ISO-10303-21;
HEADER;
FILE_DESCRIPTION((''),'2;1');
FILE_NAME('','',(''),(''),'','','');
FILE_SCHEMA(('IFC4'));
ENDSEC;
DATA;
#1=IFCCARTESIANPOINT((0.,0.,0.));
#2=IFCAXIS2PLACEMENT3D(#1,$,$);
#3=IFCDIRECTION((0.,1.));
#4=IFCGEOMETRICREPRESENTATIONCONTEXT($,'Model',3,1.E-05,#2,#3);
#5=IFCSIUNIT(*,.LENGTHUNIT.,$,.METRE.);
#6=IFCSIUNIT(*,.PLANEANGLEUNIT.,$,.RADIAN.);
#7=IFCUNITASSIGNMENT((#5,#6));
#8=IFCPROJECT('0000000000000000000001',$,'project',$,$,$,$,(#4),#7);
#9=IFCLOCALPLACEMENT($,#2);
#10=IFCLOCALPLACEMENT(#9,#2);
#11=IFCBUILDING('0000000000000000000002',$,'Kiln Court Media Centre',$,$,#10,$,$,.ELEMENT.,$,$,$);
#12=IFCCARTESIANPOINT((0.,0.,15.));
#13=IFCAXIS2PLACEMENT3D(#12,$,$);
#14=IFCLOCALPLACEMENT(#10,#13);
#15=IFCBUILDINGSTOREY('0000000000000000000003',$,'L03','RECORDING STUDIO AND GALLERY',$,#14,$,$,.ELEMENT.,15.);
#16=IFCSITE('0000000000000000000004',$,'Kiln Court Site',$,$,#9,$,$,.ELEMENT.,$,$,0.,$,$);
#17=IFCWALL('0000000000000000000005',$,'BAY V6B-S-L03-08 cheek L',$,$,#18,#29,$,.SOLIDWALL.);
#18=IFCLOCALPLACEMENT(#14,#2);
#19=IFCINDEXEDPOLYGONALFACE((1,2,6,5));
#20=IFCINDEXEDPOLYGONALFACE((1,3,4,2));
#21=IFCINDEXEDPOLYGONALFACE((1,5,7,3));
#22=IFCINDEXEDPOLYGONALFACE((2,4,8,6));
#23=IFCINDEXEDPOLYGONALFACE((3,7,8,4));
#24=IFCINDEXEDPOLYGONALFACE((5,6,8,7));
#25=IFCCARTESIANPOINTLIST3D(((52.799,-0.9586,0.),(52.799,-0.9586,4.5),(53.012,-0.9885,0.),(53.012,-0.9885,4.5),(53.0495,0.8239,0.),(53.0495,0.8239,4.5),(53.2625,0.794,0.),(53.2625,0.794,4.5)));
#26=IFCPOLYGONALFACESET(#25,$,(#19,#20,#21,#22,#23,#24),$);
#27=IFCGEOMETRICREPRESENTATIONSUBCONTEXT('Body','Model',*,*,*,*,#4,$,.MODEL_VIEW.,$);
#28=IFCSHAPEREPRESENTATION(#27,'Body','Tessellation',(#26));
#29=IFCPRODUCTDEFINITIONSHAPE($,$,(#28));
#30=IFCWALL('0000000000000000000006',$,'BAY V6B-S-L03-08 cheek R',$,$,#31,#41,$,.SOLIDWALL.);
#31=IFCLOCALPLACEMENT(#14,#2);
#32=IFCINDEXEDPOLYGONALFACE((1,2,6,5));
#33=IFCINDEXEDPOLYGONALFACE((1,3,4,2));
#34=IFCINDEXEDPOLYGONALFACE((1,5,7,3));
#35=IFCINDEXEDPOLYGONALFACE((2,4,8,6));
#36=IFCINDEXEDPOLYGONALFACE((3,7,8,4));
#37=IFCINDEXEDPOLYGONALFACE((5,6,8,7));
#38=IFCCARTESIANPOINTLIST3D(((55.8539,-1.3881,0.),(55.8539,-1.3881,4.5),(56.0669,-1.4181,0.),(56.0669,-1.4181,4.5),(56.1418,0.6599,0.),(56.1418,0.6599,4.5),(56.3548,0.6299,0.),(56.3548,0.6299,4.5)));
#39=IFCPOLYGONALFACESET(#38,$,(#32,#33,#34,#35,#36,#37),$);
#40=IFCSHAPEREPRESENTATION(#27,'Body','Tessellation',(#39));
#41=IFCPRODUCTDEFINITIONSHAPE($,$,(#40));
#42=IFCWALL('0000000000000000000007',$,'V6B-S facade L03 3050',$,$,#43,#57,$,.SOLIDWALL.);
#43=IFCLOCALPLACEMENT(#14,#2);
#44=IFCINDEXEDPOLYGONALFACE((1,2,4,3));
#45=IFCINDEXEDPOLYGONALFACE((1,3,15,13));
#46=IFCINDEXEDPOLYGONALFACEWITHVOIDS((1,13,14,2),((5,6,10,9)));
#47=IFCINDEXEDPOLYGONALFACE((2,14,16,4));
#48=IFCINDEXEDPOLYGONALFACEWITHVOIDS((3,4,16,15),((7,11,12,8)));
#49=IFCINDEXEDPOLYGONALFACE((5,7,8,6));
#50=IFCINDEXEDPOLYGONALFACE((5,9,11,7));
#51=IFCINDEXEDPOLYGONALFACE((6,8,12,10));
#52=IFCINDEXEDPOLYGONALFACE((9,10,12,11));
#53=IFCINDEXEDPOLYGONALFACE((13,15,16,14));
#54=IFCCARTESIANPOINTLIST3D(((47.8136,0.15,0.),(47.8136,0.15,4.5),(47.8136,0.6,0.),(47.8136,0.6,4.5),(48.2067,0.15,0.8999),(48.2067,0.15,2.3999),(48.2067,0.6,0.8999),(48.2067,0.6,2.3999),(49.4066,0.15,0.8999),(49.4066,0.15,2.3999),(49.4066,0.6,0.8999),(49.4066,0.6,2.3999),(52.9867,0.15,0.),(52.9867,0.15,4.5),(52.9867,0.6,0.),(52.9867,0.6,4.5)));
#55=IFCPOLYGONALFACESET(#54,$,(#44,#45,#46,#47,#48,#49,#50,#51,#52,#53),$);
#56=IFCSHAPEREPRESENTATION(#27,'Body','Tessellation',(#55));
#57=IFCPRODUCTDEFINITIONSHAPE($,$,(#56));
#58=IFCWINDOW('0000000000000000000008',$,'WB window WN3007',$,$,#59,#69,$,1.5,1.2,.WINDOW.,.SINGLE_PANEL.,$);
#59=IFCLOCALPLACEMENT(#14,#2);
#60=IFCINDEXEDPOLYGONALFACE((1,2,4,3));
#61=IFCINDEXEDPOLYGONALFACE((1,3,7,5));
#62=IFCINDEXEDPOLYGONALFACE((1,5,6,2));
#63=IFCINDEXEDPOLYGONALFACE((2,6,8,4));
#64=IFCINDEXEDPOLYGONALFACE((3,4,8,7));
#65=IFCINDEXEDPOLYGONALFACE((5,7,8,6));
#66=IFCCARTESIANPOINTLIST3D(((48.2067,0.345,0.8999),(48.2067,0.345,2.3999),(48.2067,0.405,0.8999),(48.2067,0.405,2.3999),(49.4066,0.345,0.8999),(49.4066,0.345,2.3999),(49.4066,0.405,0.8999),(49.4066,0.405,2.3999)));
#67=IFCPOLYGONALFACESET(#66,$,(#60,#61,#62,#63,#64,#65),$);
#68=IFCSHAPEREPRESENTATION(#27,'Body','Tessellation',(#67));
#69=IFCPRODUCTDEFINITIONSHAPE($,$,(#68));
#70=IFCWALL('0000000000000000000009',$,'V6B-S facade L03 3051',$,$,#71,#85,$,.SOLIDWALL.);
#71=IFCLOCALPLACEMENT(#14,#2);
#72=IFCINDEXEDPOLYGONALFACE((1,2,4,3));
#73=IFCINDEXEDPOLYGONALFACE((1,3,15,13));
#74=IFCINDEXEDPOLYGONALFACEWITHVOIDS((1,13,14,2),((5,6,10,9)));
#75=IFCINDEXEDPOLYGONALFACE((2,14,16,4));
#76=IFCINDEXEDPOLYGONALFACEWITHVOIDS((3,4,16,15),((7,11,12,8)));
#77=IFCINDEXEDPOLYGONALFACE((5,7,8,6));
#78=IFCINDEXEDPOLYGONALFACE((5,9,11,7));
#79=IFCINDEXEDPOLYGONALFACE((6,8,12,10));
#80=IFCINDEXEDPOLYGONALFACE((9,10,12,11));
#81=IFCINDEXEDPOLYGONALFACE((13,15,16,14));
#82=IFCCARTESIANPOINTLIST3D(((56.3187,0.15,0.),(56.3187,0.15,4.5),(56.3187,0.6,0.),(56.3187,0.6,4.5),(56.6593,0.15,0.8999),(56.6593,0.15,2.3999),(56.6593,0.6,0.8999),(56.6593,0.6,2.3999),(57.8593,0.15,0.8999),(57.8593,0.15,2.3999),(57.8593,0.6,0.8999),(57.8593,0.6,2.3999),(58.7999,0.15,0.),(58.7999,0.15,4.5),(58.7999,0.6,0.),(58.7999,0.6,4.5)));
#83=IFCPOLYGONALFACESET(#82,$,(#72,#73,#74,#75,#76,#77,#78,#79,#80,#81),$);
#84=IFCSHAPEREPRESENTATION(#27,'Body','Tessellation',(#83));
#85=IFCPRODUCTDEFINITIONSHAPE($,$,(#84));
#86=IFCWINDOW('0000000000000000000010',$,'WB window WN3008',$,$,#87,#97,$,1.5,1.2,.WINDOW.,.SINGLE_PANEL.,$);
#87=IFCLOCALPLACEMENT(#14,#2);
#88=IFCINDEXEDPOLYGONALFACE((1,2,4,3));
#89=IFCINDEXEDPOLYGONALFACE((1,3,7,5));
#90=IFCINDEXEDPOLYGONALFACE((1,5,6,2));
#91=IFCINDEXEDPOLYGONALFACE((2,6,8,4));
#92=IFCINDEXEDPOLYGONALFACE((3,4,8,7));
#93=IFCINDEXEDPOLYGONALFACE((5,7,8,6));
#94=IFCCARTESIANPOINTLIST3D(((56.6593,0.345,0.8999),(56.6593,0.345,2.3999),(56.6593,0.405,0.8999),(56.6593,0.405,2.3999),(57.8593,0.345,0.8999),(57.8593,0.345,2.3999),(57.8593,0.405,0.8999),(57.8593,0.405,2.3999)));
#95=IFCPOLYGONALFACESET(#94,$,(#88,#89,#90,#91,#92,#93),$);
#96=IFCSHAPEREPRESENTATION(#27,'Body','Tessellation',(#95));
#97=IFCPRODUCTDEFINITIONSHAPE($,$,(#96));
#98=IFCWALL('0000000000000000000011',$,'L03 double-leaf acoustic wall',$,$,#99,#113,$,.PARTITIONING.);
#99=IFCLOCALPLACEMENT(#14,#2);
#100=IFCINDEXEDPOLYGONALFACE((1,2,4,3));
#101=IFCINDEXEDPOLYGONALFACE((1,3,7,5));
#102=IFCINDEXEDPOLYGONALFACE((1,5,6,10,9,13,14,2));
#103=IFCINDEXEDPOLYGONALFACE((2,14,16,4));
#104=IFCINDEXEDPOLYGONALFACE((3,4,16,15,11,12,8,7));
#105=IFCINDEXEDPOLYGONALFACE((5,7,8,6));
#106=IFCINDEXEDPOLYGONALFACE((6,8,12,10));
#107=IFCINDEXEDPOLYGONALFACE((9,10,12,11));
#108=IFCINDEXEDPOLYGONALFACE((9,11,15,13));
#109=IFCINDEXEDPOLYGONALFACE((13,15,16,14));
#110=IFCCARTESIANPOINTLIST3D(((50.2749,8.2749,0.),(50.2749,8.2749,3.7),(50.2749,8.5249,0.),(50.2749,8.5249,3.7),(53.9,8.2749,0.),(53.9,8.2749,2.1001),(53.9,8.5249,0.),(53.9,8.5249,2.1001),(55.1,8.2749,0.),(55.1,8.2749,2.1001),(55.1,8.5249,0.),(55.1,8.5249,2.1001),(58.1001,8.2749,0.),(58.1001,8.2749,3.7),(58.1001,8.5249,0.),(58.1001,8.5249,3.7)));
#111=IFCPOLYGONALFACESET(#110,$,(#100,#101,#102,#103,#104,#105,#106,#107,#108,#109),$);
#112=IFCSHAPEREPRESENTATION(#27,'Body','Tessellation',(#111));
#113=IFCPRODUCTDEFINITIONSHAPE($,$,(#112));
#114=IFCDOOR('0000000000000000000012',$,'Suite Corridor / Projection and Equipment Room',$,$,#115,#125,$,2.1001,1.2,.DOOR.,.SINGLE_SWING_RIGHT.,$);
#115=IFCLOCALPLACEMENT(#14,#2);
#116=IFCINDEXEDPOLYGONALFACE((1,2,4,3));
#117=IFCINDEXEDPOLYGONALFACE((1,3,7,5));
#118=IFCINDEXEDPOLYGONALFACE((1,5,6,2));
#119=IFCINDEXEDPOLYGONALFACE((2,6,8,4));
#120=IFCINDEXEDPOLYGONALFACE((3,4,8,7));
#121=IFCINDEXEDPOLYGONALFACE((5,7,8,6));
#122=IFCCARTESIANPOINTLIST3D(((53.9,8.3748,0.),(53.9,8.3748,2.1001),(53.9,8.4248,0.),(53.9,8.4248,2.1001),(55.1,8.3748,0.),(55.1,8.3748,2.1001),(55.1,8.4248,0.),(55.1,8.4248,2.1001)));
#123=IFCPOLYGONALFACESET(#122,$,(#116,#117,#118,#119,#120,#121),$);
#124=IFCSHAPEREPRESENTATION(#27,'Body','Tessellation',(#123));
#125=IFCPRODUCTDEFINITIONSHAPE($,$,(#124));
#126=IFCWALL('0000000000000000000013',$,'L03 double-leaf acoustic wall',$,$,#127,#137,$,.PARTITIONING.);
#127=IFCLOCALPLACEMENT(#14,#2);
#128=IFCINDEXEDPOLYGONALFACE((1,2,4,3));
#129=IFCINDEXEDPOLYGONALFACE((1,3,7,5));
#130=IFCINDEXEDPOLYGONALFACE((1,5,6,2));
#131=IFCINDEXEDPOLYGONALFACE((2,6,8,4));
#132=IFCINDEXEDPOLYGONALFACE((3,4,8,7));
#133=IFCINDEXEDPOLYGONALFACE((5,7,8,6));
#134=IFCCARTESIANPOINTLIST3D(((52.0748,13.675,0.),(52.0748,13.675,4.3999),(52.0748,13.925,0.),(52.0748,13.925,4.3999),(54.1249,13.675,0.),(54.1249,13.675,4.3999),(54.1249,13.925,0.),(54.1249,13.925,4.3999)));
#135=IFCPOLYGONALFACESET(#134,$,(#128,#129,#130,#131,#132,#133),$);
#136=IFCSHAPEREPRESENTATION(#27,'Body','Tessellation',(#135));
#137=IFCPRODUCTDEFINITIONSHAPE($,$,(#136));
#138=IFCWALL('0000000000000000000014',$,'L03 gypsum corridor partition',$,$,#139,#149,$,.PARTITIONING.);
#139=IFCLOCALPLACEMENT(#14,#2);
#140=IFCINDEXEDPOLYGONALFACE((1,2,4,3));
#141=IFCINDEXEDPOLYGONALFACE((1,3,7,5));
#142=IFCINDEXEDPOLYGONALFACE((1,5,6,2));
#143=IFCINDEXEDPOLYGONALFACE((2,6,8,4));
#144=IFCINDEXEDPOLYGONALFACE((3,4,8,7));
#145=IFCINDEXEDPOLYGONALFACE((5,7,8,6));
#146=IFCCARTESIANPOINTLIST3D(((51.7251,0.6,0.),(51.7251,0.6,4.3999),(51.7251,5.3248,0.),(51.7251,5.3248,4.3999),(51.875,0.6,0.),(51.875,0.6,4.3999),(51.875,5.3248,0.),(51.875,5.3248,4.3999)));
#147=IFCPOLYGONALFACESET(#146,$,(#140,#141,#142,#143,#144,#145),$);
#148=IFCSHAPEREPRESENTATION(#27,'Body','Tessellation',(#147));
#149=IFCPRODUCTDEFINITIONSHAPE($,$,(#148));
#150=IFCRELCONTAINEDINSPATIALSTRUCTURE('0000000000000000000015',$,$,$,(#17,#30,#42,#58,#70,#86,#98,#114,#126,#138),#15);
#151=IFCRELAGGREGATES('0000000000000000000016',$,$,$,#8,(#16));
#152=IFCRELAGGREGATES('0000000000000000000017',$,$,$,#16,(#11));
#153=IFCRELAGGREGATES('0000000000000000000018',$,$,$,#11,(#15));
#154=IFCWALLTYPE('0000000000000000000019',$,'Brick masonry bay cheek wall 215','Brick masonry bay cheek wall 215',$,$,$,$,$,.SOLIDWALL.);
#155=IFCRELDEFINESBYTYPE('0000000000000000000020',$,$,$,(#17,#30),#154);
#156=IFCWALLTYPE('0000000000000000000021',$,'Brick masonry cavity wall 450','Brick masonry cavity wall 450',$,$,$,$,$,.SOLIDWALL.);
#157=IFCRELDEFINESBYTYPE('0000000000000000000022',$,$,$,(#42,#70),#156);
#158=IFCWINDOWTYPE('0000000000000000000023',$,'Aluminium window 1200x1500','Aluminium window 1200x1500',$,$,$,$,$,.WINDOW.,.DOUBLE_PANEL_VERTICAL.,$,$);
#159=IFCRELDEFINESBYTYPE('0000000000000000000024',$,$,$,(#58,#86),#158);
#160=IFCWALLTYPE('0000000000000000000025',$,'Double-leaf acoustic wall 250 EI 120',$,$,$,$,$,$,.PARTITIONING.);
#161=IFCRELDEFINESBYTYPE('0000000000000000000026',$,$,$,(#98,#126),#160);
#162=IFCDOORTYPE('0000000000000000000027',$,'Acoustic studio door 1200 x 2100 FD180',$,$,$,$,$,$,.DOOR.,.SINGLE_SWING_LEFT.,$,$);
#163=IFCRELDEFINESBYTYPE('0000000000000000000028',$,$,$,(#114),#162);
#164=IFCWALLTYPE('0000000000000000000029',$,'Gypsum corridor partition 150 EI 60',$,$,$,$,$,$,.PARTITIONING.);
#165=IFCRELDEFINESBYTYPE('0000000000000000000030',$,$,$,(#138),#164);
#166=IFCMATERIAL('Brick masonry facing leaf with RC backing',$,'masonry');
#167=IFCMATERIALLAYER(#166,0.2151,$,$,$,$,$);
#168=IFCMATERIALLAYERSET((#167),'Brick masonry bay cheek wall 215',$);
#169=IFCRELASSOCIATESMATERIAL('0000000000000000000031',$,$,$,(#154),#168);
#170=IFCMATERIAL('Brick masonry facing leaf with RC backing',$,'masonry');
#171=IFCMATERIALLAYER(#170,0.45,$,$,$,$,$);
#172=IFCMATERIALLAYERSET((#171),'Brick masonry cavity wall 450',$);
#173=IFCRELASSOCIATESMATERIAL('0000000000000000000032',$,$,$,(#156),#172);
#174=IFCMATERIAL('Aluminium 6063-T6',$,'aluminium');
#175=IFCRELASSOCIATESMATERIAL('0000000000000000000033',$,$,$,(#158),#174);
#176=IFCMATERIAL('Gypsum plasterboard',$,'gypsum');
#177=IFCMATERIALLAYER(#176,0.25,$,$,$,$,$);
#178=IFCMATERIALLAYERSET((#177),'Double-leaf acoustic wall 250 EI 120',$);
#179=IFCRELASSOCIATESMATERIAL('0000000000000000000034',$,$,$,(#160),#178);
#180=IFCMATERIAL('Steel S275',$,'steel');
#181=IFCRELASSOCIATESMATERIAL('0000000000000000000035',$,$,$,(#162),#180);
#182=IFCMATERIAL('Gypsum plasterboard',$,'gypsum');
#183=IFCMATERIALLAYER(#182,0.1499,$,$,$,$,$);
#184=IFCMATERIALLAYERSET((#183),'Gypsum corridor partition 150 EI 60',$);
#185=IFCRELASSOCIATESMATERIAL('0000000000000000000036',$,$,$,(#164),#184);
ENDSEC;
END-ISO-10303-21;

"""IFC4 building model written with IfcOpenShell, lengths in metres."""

from ifc_helpers import new_model, si_unit, direction, frame, frame_2d, origin, place, context, subcontext, project, spatial, rectangle, extrude, material, layer, layer_set, type_object, element, fill, save


model = new_model("IFC4")

# Units and contexts
model_context = context("Model", 3, precision=1e-05, world=origin(), true_north=direction((0.0, 1.0)))
body_context = subcontext(model_context, "Body", "Model", "MODEL_VIEW")
ifc_project = project(units=[si_unit("LENGTHUNIT", "METRE"), si_unit("PLANEANGLEUNIT", "RADIAN")], contexts=[model_context])

# Site, building, storey
site_placement = place(None, origin())
site = spatial("IfcSite", under=ifc_project, at=site_placement, Name="Kiln Court Site", CompositionType="ELEMENT", RefElevation=0.0)
building_placement = place(site_placement, origin())
building = spatial("IfcBuilding", under=site, at=building_placement, Name="Kiln Court Media Centre", CompositionType="ELEMENT")
storey_placement = place(building_placement, frame((0.0, 0.0, 15.0)))
storey = spatial("IfcBuildingStorey", under=building, at=storey_placement, Name="L03", Description="RECORDING STUDIO AND GALLERY", CompositionType="ELEMENT", Elevation=15.0)

# Walls
ifc_material_1 = material(Name="Brick masonry facing leaf with RC backing", Category="masonry")
ifc_layer_1 = layer(ifc_material_1, 0.2151)
ifc_layer_set_1 = layer_set([ifc_layer_1], Name="Brick masonry bay cheek wall 215")
wall_type_1 = type_object("IfcWallType", Name="Brick masonry bay cheek wall 215", Description="Brick masonry bay cheek wall 215", PredefinedType="SOLIDWALL", material=ifc_layer_set_1)
wall_1_placement = place(storey_placement, frame((53.156, 0.8088, 0.0), z_axis=(0.0, 0.0, 1.0), x_axis=(-0.139161, -0.99027, 0.0)))
element("IfcWall", 1, at=wall_1_placement, inside=storey, type_object=wall_type_1, Name="BAY V6B-S-L03-08 cheek L", PredefinedType="SOLIDWALL", context=body_context, shape_type="SweptSolid", body=[
    extrude(rectangle(XDim=1.8, YDim=0.2151, at=frame_2d((0.8999, 0.0))), origin(), (0.0, 0.0, 1.0), 4.5),
])
wall_2_placement = place(storey_placement, frame((56.2483, 0.645, 0.0), z_axis=(0.0, 0.0, 1.0), x_axis=(-0.139173, -0.990268, 0.0)))
element("IfcWall", 2, at=wall_2_placement, inside=storey, type_object=wall_type_1, Name="BAY V6B-S-L03-08 cheek R", PredefinedType="SOLIDWALL", context=body_context, shape_type="SweptSolid", body=[
    extrude(rectangle(XDim=2.0681, YDim=0.2151, at=frame_2d((1.0342, 0.0))), origin(), (0.0, 0.0, 1.0), 4.5),
])

# Walls, openings, windows
ifc_material_2 = material(Name="Brick masonry facing leaf with RC backing", Category="masonry")
ifc_layer_2 = layer(ifc_material_2, 0.45)
ifc_layer_set_2 = layer_set([ifc_layer_2], Name="Brick masonry cavity wall 450")
wall_type_2 = type_object("IfcWallType", Name="Brick masonry cavity wall 450", Description="Brick masonry cavity wall 450", PredefinedType="SOLIDWALL", material=ifc_layer_set_2)
wall_3_placement = place(storey_placement, frame((52.9866, 0.375, 0.0), z_axis=(0.0, 0.0, 1.0), x_axis=(-1.0, 0.0, 0.0)))
wall_3 = element("IfcWall", 3, at=wall_3_placement, inside=storey, type_object=wall_type_2, Name="V6B-S facade L03 3050", PredefinedType="SOLIDWALL", context=body_context, shape_type="SweptSolid", body=[
    extrude(rectangle(XDim=5.1731, YDim=0.45, at=frame_2d((2.5864, 0.0))), origin(), (0.0, 0.0, 1.0), 4.5),
])
opening_1_placement = place(wall_3_placement, frame((3.5798, 0.0, 0.8999)))
opening_1 = element("IfcOpeningElement", 4, at=opening_1_placement, cuts=wall_3, PredefinedType="OPENING", context=body_context, shape_type="SweptSolid", body=[
    extrude(rectangle(XDim=1.2, YDim=1.5, at=frame_2d((0.6001, 0.75))), frame((0.0, 0.2349, 0.0), z_axis=(0.0, -1.0, 0.0), x_axis=(1.0, 0.0, 0.0)), (0.0, 0.0, 1.0), 0.47),
])
ifc_material_3 = material(Name="Aluminium 6063-T6", Category="aluminium")
window_type = type_object("IfcWindowType", Name="Aluminium window 1200x1500", Description="Aluminium window 1200x1500", PartitioningType="DOUBLE_PANEL_VERTICAL", PredefinedType="WINDOW", material=ifc_material_3)
window_1_placement = place(opening_1_placement, origin())
window_1 = element("IfcWindow", 5, at=window_1_placement, inside=storey, type_object=window_type, Name="WB window WN3007", OverallHeight=1.5, OverallWidth=1.2, PartitioningType="SINGLE_PANEL", PredefinedType="WINDOW", context=body_context, shape_type="SweptSolid", body=[
    extrude(rectangle(XDim=1.2, YDim=1.5, at=frame_2d((0.6001, 0.75))), frame((0.0, 0.03, 0.0), z_axis=(0.0, -1.0, 0.0), x_axis=(1.0, 0.0, 0.0)), (0.0, 0.0, 1.0), 0.0601),
])
fill(opening_1, window_1)
wall_4_placement = place(storey_placement, frame((58.8, 0.375, 0.0), z_axis=(0.0, 0.0, 1.0), x_axis=(-1.0, 0.0, 0.0)))
wall_4 = element("IfcWall", 6, at=wall_4_placement, inside=storey, type_object=wall_type_2, Name="V6B-S facade L03 3051", PredefinedType="SOLIDWALL", context=body_context, shape_type="SweptSolid", body=[
    extrude(rectangle(XDim=2.4812, YDim=0.45, at=frame_2d((1.2407, 0.0))), origin(), (0.0, 0.0, 1.0), 4.5),
])
opening_2_placement = place(wall_4_placement, frame((0.9407, 0.0, 0.8999)))
opening_2 = element("IfcOpeningElement", 7, at=opening_2_placement, cuts=wall_4, PredefinedType="OPENING", context=body_context, shape_type="SweptSolid", body=[
    extrude(rectangle(XDim=1.2, YDim=1.5, at=frame_2d((0.6001, 0.75))), frame((0.0, 0.2349, 0.0), z_axis=(0.0, -1.0, 0.0), x_axis=(1.0, 0.0, 0.0)), (0.0, 0.0, 1.0), 0.47),
])
window_2_placement = place(opening_2_placement, origin())
window_2 = element("IfcWindow", 8, at=window_2_placement, inside=storey, type_object=window_type, Name="WB window WN3008", OverallHeight=1.5, OverallWidth=1.2, PartitioningType="SINGLE_PANEL", PredefinedType="WINDOW", context=body_context, shape_type="SweptSolid", body=[
    extrude(rectangle(XDim=1.2, YDim=1.5, at=frame_2d((0.6001, 0.75))), frame((0.0, 0.03, 0.0), z_axis=(0.0, -1.0, 0.0), x_axis=(1.0, 0.0, 0.0)), (0.0, 0.0, 1.0), 0.0601),
])
fill(opening_2, window_2)

# Wall, opening, door
ifc_material_4 = material(Name="Gypsum plasterboard", Category="gypsum")
ifc_layer_3 = layer(ifc_material_4, 0.25)
ifc_layer_set_3 = layer_set([ifc_layer_3], Name="Double-leaf acoustic wall 250 EI 120")
wall_type_3 = type_object("IfcWallType", Name="Double-leaf acoustic wall 250 EI 120", PredefinedType="PARTITIONING", material=ifc_layer_set_3)
wall_5_placement = place(storey_placement, frame((50.2749, 8.3999, 0.0), z_axis=(0.0, 0.0, 1.0), x_axis=(1.0, 0.0, 0.0)))
wall_5 = element("IfcWall", 9, at=wall_5_placement, inside=storey, type_object=wall_type_3, Name="L03 double-leaf acoustic wall", PredefinedType="PARTITIONING", context=body_context, shape_type="SweptSolid", body=[
    extrude(rectangle(XDim=7.8252, YDim=0.25, at=frame_2d((3.9126, 0.0))), origin(), (0.0, 0.0, 1.0), 3.7),
])
opening_3_placement = place(wall_5_placement, frame((3.625, 0.0, 0.0)))
opening_3 = element("IfcOpeningElement", 10, at=opening_3_placement, cuts=wall_5, PredefinedType="OPENING", context=body_context, shape_type="SweptSolid", body=[
    extrude(rectangle(XDim=1.2, YDim=2.1001, at=frame_2d((0.6001, 1.05))), frame((0.0, 0.135, 0.0), z_axis=(0.0, -1.0, 0.0), x_axis=(1.0, 0.0, 0.0)), (0.0, 0.0, 1.0), 0.27),
])
ifc_material_5 = material(Name="Steel S275", Category="steel")
door_type = type_object("IfcDoorType", Name="Acoustic studio door 1200 x 2100 FD180", OperationType="SINGLE_SWING_LEFT", PredefinedType="DOOR", material=ifc_material_5)
door_placement = place(opening_3_placement, origin())
door = element("IfcDoor", 11, at=door_placement, inside=storey, type_object=door_type, Name="Suite Corridor / Projection and Equipment Room", OperationType="SINGLE_SWING_RIGHT", OverallHeight=2.1001, OverallWidth=1.2, PredefinedType="DOOR", context=body_context, shape_type="SweptSolid", body=[
    extrude(rectangle(XDim=1.2, YDim=2.1001, at=frame_2d((0.6001, 1.05))), frame((0.0, 0.0249, 0.0), z_axis=(0.0, -1.0, 0.0), x_axis=(1.0, 0.0, 0.0)), (0.0, 0.0, 1.0), 0.05),
])
fill(opening_3, door)

# Walls
wall_6_placement = place(storey_placement, frame((52.075, 13.8, 0.0), z_axis=(0.0, 0.0, 1.0), x_axis=(1.0, 0.0, 0.0)))
element("IfcWall", 12, at=wall_6_placement, inside=storey, type_object=wall_type_3, Name="L03 double-leaf acoustic wall", PredefinedType="PARTITIONING", context=body_context, shape_type="SweptSolid", body=[
    extrude(rectangle(XDim=2.05, YDim=0.25, at=frame_2d((1.0249, 0.0))), origin(), (0.0, 0.0, 1.0), 4.3999),
])
ifc_material_6 = material(Name="Gypsum plasterboard", Category="gypsum")
ifc_layer_4 = layer(ifc_material_6, 0.1499)
ifc_layer_set_4 = layer_set([ifc_layer_4], Name="Gypsum corridor partition 150 EI 60")
wall_type_4 = type_object("IfcWallType", Name="Gypsum corridor partition 150 EI 60", PredefinedType="PARTITIONING", material=ifc_layer_set_4)
wall_7_placement = place(storey_placement, frame((51.8, 0.6001, 0.0), z_axis=(0.0, 0.0, 1.0), x_axis=(0.0, 1.0, 0.0)))
element("IfcWall", 13, at=wall_7_placement, inside=storey, type_object=wall_type_4, Name="L03 gypsum corridor partition", PredefinedType="PARTITIONING", context=body_context, shape_type="SweptSolid", body=[
    extrude(rectangle(XDim=4.7249, YDim=0.1499, at=frame_2d((2.3623, 0.0))), origin(), (0.0, 0.0, 1.0), 4.3999),
])

save(model, "model.ifc")
